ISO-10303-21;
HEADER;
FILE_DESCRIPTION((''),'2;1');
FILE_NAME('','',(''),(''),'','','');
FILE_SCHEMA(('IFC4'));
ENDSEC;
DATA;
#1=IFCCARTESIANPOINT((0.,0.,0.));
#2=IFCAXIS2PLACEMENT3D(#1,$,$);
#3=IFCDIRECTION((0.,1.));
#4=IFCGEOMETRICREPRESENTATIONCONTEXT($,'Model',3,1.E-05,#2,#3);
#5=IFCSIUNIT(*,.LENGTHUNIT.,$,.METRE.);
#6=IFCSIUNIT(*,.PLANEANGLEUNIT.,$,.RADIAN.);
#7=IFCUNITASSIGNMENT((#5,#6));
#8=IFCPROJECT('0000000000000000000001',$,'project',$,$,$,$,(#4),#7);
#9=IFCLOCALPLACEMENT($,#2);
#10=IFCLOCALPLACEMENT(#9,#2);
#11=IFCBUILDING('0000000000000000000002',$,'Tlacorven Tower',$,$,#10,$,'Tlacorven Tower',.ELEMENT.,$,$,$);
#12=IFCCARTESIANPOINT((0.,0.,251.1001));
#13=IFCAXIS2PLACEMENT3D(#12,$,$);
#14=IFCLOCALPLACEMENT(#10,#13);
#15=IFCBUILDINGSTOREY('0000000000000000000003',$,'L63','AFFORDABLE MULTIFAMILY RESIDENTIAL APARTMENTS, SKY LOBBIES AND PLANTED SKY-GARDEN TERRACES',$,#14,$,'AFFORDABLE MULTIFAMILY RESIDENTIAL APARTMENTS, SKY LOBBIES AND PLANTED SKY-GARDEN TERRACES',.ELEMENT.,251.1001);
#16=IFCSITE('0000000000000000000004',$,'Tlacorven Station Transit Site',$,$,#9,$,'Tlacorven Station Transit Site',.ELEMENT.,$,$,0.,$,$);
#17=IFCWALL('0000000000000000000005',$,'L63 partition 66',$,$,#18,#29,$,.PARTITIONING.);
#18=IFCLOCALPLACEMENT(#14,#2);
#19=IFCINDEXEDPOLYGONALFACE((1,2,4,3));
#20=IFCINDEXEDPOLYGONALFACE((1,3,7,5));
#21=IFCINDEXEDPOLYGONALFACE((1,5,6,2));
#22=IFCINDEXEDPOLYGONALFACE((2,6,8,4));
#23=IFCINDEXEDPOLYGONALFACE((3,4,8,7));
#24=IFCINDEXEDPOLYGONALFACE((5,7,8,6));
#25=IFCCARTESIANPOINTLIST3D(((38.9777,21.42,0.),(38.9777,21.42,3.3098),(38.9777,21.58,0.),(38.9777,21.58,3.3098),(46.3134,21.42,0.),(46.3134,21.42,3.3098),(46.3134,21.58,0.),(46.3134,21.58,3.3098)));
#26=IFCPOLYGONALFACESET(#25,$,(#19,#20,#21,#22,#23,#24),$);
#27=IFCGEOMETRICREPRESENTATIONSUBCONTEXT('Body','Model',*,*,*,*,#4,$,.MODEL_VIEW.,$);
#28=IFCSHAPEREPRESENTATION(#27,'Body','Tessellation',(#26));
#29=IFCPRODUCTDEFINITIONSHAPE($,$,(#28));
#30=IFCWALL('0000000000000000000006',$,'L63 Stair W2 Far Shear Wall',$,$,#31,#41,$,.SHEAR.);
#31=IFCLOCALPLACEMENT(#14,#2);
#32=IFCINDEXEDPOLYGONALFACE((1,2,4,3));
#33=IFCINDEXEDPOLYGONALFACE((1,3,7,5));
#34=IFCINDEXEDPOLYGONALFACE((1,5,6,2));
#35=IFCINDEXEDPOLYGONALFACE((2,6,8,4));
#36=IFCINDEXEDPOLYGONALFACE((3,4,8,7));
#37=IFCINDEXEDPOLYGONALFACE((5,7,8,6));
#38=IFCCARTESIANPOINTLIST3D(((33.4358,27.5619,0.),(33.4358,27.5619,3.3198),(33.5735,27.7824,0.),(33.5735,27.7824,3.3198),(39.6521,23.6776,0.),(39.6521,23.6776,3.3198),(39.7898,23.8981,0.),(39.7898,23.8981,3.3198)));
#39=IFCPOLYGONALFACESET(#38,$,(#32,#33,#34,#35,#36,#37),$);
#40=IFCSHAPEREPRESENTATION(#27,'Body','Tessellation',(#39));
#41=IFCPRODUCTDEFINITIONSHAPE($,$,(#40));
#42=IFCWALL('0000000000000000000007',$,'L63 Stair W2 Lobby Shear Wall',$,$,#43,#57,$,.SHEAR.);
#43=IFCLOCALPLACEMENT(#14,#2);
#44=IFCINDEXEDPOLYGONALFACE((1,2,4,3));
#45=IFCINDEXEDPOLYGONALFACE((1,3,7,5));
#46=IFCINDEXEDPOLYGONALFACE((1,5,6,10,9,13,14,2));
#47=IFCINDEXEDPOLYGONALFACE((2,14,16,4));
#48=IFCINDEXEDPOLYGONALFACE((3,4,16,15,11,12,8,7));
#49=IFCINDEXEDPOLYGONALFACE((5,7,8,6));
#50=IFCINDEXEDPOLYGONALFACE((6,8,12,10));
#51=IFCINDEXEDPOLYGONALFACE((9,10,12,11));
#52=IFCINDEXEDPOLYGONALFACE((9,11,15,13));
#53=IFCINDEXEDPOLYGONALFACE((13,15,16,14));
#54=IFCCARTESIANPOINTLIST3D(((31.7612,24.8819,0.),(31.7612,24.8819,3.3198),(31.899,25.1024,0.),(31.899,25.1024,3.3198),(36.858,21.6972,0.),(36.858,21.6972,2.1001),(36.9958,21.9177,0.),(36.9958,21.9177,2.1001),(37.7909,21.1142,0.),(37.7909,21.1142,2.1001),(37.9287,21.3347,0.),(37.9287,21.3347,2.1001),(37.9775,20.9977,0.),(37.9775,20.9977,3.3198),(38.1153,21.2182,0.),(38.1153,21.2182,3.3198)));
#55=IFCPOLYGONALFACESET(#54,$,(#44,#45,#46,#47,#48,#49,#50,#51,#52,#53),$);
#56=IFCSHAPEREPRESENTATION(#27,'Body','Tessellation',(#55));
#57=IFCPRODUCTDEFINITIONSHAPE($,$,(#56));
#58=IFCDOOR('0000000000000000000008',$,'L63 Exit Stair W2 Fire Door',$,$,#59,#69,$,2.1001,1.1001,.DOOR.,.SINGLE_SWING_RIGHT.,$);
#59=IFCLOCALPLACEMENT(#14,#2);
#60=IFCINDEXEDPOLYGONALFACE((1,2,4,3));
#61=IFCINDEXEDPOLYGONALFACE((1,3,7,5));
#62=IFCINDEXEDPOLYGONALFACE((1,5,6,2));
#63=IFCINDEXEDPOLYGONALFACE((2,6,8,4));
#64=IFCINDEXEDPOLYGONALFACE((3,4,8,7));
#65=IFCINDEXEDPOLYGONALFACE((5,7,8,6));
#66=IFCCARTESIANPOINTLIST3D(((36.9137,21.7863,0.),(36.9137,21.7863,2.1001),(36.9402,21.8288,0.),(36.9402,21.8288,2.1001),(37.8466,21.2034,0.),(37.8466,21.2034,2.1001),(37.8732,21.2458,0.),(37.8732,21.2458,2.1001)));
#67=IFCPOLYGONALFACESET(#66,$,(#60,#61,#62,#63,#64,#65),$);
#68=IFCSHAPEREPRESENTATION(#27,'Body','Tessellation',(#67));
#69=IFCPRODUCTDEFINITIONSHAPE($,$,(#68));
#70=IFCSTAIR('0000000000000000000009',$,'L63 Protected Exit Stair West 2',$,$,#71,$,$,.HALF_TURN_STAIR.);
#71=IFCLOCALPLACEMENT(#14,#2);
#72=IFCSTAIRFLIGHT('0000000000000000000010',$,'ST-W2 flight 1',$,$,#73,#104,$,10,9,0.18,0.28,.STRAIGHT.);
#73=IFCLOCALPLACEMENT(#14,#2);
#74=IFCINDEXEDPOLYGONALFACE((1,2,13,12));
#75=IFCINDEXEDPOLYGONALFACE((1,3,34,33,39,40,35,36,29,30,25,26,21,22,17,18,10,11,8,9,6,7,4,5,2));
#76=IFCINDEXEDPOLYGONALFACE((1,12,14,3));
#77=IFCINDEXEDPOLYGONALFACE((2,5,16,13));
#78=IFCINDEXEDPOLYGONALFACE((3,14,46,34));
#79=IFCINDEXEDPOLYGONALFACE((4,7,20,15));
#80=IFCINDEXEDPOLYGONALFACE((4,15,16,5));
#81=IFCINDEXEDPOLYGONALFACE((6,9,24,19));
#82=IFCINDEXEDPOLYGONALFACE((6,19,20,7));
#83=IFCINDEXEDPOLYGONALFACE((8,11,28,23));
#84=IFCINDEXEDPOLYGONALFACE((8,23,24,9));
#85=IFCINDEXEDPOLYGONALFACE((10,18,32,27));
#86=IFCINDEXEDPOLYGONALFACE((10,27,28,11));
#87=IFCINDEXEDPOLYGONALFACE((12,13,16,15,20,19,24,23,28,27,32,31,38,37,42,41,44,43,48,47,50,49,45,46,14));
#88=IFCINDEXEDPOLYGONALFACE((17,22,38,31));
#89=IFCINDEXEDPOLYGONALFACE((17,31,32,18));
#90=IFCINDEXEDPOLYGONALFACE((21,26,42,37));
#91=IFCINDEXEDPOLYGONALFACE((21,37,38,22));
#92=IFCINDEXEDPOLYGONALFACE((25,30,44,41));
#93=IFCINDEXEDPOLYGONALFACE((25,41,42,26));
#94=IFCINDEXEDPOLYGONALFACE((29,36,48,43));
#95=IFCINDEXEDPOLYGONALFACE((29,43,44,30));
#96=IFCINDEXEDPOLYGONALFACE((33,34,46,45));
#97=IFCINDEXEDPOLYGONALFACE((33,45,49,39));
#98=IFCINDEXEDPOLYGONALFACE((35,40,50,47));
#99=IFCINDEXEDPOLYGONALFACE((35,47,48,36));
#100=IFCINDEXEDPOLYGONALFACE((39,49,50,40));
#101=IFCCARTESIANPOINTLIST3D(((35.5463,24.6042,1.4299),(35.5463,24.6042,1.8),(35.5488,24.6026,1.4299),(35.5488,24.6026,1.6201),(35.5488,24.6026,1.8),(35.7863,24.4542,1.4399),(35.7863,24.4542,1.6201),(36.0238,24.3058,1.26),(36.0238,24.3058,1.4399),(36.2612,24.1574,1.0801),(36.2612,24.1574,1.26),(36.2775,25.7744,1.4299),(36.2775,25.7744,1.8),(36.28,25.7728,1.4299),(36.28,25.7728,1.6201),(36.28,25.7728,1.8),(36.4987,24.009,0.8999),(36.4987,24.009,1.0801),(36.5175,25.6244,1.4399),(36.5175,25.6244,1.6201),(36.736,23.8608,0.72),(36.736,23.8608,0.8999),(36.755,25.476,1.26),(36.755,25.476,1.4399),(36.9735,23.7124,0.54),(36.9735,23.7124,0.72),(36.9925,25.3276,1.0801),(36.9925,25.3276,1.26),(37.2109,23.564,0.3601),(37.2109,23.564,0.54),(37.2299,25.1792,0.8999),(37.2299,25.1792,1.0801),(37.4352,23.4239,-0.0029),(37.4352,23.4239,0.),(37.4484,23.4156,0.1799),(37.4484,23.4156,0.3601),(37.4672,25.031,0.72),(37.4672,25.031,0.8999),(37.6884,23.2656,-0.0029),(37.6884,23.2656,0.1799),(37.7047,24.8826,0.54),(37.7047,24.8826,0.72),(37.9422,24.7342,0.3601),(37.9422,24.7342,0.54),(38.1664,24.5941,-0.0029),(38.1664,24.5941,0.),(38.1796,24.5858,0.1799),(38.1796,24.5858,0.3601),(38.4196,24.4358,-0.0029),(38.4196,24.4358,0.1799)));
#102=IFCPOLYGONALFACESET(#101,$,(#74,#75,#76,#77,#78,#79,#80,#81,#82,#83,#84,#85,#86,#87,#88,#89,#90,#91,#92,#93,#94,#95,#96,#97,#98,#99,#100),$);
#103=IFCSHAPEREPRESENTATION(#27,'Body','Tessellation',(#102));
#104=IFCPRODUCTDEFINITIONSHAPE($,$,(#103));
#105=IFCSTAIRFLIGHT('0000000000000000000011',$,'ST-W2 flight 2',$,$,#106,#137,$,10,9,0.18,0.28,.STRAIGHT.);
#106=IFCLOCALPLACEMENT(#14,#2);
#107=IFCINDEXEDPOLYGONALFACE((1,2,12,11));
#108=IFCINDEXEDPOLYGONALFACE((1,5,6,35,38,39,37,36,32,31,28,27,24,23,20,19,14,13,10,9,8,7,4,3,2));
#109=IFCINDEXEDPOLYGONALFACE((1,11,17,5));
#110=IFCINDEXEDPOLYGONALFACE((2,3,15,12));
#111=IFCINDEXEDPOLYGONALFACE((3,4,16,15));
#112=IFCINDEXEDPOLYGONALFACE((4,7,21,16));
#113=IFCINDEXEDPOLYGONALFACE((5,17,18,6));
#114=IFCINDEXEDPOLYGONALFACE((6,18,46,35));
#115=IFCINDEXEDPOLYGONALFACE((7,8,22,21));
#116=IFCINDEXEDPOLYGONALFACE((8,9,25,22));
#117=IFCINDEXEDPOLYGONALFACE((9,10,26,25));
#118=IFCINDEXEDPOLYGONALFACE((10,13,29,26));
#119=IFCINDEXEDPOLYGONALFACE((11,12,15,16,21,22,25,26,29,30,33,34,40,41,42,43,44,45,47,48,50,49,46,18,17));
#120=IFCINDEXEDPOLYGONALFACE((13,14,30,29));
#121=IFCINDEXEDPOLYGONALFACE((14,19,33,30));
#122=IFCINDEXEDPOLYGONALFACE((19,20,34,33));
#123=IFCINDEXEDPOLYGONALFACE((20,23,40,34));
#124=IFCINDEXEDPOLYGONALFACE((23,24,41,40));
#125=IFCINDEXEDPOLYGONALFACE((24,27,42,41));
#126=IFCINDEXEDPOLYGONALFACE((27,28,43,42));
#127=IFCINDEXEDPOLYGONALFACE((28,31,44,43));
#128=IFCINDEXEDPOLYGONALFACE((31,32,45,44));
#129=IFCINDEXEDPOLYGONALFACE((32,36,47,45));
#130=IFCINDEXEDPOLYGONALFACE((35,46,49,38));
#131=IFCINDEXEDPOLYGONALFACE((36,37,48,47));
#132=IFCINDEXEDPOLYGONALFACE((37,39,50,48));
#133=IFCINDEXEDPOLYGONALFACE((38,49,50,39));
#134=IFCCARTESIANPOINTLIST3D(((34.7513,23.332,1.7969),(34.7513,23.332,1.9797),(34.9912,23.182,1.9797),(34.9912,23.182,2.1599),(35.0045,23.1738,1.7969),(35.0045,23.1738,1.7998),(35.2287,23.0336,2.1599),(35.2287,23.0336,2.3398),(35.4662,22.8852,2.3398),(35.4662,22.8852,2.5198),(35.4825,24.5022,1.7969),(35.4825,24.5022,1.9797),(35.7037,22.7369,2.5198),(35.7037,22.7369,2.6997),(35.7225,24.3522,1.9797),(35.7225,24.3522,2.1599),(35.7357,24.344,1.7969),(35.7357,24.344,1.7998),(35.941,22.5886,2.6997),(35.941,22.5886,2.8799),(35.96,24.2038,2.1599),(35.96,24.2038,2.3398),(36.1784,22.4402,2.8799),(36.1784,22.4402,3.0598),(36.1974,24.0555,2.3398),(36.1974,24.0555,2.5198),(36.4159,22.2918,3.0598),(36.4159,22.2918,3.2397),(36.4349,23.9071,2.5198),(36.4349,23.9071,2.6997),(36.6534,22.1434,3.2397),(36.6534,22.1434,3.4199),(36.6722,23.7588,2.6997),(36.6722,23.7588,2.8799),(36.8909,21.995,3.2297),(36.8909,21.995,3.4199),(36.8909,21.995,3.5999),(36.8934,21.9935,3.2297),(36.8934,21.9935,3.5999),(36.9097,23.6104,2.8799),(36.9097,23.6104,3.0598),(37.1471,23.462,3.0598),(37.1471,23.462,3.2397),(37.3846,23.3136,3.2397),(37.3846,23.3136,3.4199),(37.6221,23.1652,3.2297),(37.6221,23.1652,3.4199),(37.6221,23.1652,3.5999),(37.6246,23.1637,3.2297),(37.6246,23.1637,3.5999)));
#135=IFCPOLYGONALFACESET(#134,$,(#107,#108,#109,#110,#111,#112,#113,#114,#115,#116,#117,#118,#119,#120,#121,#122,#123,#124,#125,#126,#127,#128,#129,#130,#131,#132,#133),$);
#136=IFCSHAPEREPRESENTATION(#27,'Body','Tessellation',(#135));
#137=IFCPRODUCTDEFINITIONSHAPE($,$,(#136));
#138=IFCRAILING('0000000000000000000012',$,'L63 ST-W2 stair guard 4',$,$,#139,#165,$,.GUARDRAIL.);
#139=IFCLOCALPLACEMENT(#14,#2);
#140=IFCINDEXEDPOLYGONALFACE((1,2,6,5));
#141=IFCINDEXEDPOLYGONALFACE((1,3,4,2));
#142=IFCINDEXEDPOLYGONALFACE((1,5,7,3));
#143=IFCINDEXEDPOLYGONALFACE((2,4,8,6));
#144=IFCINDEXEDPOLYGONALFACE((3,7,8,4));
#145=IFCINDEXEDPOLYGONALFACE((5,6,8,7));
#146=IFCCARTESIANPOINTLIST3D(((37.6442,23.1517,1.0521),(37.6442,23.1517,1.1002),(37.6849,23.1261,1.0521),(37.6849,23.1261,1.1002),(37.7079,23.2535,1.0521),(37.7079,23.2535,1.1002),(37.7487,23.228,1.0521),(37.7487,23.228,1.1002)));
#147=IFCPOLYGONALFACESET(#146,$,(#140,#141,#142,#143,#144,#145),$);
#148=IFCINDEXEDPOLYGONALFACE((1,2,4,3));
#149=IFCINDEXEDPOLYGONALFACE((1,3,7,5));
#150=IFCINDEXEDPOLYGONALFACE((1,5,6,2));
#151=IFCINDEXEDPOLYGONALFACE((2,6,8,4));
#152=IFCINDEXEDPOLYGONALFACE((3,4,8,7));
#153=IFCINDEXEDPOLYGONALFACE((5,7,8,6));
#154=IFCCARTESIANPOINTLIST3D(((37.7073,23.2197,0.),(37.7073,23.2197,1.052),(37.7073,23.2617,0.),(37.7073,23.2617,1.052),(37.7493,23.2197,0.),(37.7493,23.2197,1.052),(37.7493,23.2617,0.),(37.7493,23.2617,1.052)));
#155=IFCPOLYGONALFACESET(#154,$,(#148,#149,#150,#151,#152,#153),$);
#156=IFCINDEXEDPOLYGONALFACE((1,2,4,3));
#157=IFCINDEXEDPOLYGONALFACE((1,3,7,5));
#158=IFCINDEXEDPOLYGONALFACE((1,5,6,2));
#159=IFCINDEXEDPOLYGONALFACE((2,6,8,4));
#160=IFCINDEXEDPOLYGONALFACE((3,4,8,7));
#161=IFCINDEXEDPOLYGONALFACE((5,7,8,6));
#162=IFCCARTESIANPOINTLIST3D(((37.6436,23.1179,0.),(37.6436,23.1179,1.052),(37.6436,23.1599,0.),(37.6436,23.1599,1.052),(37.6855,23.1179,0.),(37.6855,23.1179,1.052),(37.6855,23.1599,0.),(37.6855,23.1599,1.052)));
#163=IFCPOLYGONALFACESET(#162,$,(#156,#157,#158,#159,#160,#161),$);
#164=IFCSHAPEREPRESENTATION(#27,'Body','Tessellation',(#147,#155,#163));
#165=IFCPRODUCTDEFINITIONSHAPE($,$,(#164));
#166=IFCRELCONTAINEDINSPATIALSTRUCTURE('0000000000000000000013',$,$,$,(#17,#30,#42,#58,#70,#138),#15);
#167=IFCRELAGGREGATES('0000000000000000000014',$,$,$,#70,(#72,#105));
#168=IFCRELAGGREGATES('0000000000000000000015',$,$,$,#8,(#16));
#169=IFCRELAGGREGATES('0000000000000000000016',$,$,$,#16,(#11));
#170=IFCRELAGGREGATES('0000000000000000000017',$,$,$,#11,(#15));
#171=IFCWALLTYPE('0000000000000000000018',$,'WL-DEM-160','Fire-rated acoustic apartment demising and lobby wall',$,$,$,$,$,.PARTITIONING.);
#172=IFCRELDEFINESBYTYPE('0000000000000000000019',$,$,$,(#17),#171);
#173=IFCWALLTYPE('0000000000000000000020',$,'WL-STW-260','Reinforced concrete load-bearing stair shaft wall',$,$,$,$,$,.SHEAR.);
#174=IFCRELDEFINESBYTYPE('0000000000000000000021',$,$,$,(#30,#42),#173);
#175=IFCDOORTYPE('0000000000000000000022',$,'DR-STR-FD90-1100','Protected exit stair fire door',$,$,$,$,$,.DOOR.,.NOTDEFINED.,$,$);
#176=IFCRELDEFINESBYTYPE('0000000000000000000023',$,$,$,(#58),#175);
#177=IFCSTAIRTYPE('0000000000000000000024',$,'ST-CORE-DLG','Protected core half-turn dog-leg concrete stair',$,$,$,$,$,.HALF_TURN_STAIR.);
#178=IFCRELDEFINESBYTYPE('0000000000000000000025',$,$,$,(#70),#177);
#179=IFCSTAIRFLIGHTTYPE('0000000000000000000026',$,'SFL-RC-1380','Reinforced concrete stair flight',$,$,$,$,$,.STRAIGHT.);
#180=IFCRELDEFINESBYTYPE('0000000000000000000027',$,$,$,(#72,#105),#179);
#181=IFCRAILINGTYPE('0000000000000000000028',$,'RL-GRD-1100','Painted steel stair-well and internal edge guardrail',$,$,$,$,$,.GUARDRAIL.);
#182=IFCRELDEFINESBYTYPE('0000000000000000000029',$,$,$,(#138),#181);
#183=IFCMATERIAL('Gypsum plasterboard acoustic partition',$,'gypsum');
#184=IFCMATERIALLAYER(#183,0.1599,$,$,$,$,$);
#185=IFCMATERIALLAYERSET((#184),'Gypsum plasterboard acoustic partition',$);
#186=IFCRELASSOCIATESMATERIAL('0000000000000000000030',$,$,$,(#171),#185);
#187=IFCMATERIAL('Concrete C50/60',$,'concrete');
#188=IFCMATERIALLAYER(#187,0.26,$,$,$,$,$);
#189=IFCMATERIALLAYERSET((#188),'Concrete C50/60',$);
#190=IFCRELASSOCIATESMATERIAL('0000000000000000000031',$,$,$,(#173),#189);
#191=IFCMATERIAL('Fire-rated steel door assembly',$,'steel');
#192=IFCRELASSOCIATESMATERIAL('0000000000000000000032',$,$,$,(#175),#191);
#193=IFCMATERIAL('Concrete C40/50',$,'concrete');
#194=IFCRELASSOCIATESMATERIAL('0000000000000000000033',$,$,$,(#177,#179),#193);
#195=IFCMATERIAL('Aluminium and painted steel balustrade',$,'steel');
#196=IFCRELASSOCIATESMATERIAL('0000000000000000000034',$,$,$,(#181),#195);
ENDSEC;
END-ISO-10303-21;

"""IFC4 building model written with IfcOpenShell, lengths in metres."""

from ifc_helpers import new_model, si_unit, direction, frame, frame_2d, origin, origin_2d, place, context, subcontext, project, spatial, polyline, rectangle, outline, extrude, source, transform, mapped, material, layer, layer_set, type_object, element, fill, aggregate, save


model = new_model("IFC4")

# Units and contexts
model_context = context("Model", 3, precision=1e-05, world=origin(), true_north=direction((0.0, 1.0)))
body_context = subcontext(model_context, "Body", "Model", "MODEL_VIEW")
ifc_project = project(units=[si_unit("LENGTHUNIT", "METRE"), si_unit("PLANEANGLEUNIT", "RADIAN")], contexts=[model_context])

# Site, building, storey
site_placement = place(None, origin())
site = spatial("IfcSite", under=ifc_project, at=site_placement, Name="Tlacorven Station Transit Site", LongName="Tlacorven Station Transit Site", CompositionType="ELEMENT", RefElevation=0.0)
building_placement = place(site_placement, origin())
building = spatial("IfcBuilding", under=site, at=building_placement, Name="Tlacorven Tower", LongName="Tlacorven Tower", CompositionType="ELEMENT")
storey_placement = place(building_placement, frame((0.0, 0.0, 251.1001)))
storey = spatial("IfcBuildingStorey", under=building, at=storey_placement, Name="L63", Description="AFFORDABLE MULTIFAMILY RESIDENTIAL APARTMENTS, SKY LOBBIES AND PLANTED SKY-GARDEN TERRACES", LongName="AFFORDABLE MULTIFAMILY RESIDENTIAL APARTMENTS, SKY LOBBIES AND PLANTED SKY-GARDEN TERRACES", CompositionType="ELEMENT", Elevation=251.1001)

# Walls
ifc_material_1 = material(Name="Concrete C50/60", Category="concrete")
ifc_material_2 = material(Name="Gypsum plasterboard acoustic partition", Category="gypsum")
ifc_layer_1 = layer(ifc_material_2, 0.1599)
ifc_layer_set_1 = layer_set([ifc_layer_1], Name="Gypsum plasterboard acoustic partition")
wall_type_1 = type_object("IfcWallType", Name="WL-DEM-160", Description="Fire-rated acoustic apartment demising and lobby wall", PredefinedType="PARTITIONING", material=ifc_layer_set_1)
wall_1_placement = place(storey_placement, frame((38.9775, 21.5, 0.0), z_axis=(0.0, 0.0, 1.0), x_axis=(1.0, 0.0, 0.0)))
element("IfcWall", 1, at=wall_1_placement, inside=storey, type_object=wall_type_1, Name="L63 partition 66", PredefinedType="PARTITIONING", context=body_context, shape_type="SweptSolid", body=[
    extrude(rectangle(XDim=7.3357, YDim=0.1599, at=frame_2d((3.668, 0.0))), origin(), (0.0, 0.0, 1.0), 3.3098),
])
ifc_layer_2 = layer(ifc_material_1, 0.26)
ifc_layer_set_2 = layer_set([ifc_layer_2], Name="Concrete C50/60")
wall_type_2 = type_object("IfcWallType", Name="WL-STW-260", Description="Reinforced concrete load-bearing stair shaft wall", PredefinedType="SHEAR", material=ifc_layer_set_2)
wall_2_placement = place(storey_placement, frame((39.7209, 23.7878, 0.0), z_axis=(0.0, 0.0, 1.0), x_axis=(-0.848054, 0.529909, 0.0)))
element("IfcWall", 2, at=wall_2_placement, inside=storey, type_object=wall_type_2, Name="L63 Stair W2 Far Shear Wall", PredefinedType="SHEAR", context=body_context, shape_type="SweptSolid", body=[
    extrude(rectangle(XDim=7.3301, YDim=0.26, at=frame_2d((3.665, 0.0))), origin(), (0.0, 0.0, 1.0), 3.3198),
])

# Wall, opening, door
wall_3_placement = place(storey_placement, frame((38.0464, 21.1079, 0.0), z_axis=(0.0, 0.0, 1.0), x_axis=(-0.848054, 0.529909, 0.0)))
wall_3 = element("IfcWall", 3, at=wall_3_placement, inside=storey, type_object=wall_type_2, Name="L63 Stair W2 Lobby Shear Wall", PredefinedType="SHEAR", context=body_context, shape_type="SweptSolid", body=[
    extrude(rectangle(XDim=7.3301, YDim=0.26, at=frame_2d((3.665, 0.0))), origin(), (0.0, 0.0, 1.0), 3.3198),
])
opening_placement = place(wall_3_placement, frame((0.22, 0.0, 0.0)))
opening = element("IfcOpeningElement", 4, at=opening_placement, cuts=wall_3, PredefinedType="OPENING", context=body_context, shape_type="SweptSolid", body=[
    extrude(rectangle(XDim=1.1001, YDim=2.1001, at=frame_2d((0.55, 1.05))), frame((0.0, 0.1401, 0.0), z_axis=(0.0, -1.0, 0.0), x_axis=(1.0, 0.0, 0.0)), (0.0, 0.0, 1.0), 0.28),
])
ifc_material_3 = material(Name="Fire-rated steel door assembly", Category="steel")
door_type = type_object("IfcDoorType", Name="DR-STR-FD90-1100", Description="Protected exit stair fire door", OperationType="NOTDEFINED", PredefinedType="DOOR", material=ifc_material_3)
shared_shape_1 = source(origin(), body_context, "Body", "SweptSolid", [
    extrude(rectangle(XDim=1.1001, YDim=2.1001, at=frame_2d((0.55, 1.05))), frame((0.0, 0.0249, 0.0), z_axis=(0.0, -1.0, 0.0), x_axis=(1.0, 0.0, 0.0)), (0.0, 0.0, 1.0), 0.05),
])
door_placement = place(opening_placement, origin())
door = element("IfcDoor", 5, at=door_placement, inside=storey, type_object=door_type, Name="L63 Exit Stair W2 Fire Door", OperationType="SINGLE_SWING_RIGHT", OverallHeight=2.1001, OverallWidth=1.1001, PredefinedType="DOOR", context=body_context, shape_type="MappedRepresentation", body=[
    mapped(shared_shape_1, transform((0.0, 0.0, 0.0), scale=1.0)),
])
fill(opening, door)

# Stair, stair flights
ifc_material_4 = material(Name="Concrete C40/50", Category="concrete")
stair_type = type_object("IfcStairType", Name="ST-CORE-DLG", Description="Protected core half-turn dog-leg concrete stair", PredefinedType="HALF_TURN_STAIR", material=ifc_material_4)
stair_placement = place(storey_placement, origin())
stair = element("IfcStair", 6, at=stair_placement, inside=storey, type_object=stair_type, Name="L63 Protected Exit Stair West 2", PredefinedType="HALF_TURN_STAIR")
stair_flight_type = type_object("IfcStairFlightType", Name="SFL-RC-1380", Description="Reinforced concrete stair flight", PredefinedType="STRAIGHT", material=ifc_material_4)
shared_shape_2 = source(origin(), body_context, "Body", "SweptSolid", [
    extrude(outline(polyline([(-0.0029, -0.0029), (-0.0029, 0.1799), (0.28, 0.1799), (0.28, 0.3601), (0.5601, 0.3601), (0.5601, 0.54), (0.8401, 0.54), (0.8401, 0.72), (1.1201, 0.72), (1.1201, 0.8999), (1.3999, 0.8999), (1.3999, 1.0801), (1.6799, 1.0801), (1.6799, 1.26), (1.96, 1.26), (1.96, 1.4399), (2.24, 1.4399), (2.24, 1.6201), (2.52, 1.6201), (2.52, 1.8), (2.5229, 1.8), (2.5229, 1.4299), (2.52, 1.4299), (0.2957, 0.0), (0.2957, -0.0029), (-0.0029, -0.0029)])), frame((0.0, 0.6899, 0.0), z_axis=(0.0, -1.0, 0.0), x_axis=(1.0, 0.0, 0.0)), (0.0, 0.0, 1.0), 1.3799),
])
stair_flight_1_placement = place(storey_placement, frame((38.0515, 23.8523, 0.0), z_axis=(0.0, 0.0, 1.0), x_axis=(-0.848048, 0.529919, 0.0)))
stair_flight_1 = element("IfcStairFlight", 7, at=stair_flight_1_placement, type_object=stair_flight_type, Name="ST-W2 flight 1", NumberOfRisers=10, NumberOfTreads=9, PredefinedType="STRAIGHT", RiserHeight=0.18, TreadLength=0.28, context=body_context, shape_type="MappedRepresentation", body=[
    mapped(shared_shape_2, transform((0.0, 0.0, 0.0), scale=1.0)),
])
stair_flight_2_placement = place(storey_placement, frame((35.1194, 23.9155, 1.7998), z_axis=(0.0, 0.0, 1.0), x_axis=(0.848048, -0.529919, 0.0)))
stair_flight_2 = element("IfcStairFlight", 8, at=stair_flight_2_placement, type_object=stair_flight_type, Name="ST-W2 flight 2", NumberOfRisers=10, NumberOfTreads=9, PredefinedType="STRAIGHT", RiserHeight=0.18, TreadLength=0.28, context=body_context, shape_type="MappedRepresentation", body=[
    mapped(shared_shape_2, transform((0.0, 0.0, 0.0), scale=1.0)),
])
aggregate(stair, [stair_flight_1, stair_flight_2])

# Railing
ifc_material_5 = material(Name="Aluminium and painted steel balustrade", Category="steel")
railing_type_1 = type_object("IfcRailingType", Name="RL-GRD-1100", Description="Painted steel stair-well and internal edge guardrail", PredefinedType="GUARDRAIL", material=ifc_material_5)
shared_shape_3 = source(origin(), body_context, "Body", "SweptSolid", [
    extrude(rectangle(XDim=0.0481, YDim=0.0481, at=origin_2d()), frame((0.0, 0.0, 1.0762), z_axis=(-0.530547, -0.847656, 0.0), x_axis=(0.847656, -0.530547, 0.0)), (0.0, 0.0, 1.0), 0.1201),
    extrude(rectangle(XDim=0.042, YDim=0.042, at=origin_2d()), origin(), (0.0, 0.0, 1.0), 1.052),
    extrude(rectangle(XDim=0.042, YDim=0.042, at=origin_2d()), frame((-0.0637, -0.1018, 0.0)), (0.0, 0.0, 1.0), 1.052),
])
railing_1_placement = place(storey_placement, frame((37.7283, 23.2407, 0.0)))
element("IfcRailing", 9, at=railing_1_placement, inside=storey, type_object=railing_type_1, Name="L63 ST-W2 stair guard 4", PredefinedType="GUARDRAIL", context=body_context, shape_type="MappedRepresentation", body=[
    mapped(shared_shape_3, transform((0.0, 0.0, 0.0), scale=1.0)),
])

save(model, "model.ifc")
